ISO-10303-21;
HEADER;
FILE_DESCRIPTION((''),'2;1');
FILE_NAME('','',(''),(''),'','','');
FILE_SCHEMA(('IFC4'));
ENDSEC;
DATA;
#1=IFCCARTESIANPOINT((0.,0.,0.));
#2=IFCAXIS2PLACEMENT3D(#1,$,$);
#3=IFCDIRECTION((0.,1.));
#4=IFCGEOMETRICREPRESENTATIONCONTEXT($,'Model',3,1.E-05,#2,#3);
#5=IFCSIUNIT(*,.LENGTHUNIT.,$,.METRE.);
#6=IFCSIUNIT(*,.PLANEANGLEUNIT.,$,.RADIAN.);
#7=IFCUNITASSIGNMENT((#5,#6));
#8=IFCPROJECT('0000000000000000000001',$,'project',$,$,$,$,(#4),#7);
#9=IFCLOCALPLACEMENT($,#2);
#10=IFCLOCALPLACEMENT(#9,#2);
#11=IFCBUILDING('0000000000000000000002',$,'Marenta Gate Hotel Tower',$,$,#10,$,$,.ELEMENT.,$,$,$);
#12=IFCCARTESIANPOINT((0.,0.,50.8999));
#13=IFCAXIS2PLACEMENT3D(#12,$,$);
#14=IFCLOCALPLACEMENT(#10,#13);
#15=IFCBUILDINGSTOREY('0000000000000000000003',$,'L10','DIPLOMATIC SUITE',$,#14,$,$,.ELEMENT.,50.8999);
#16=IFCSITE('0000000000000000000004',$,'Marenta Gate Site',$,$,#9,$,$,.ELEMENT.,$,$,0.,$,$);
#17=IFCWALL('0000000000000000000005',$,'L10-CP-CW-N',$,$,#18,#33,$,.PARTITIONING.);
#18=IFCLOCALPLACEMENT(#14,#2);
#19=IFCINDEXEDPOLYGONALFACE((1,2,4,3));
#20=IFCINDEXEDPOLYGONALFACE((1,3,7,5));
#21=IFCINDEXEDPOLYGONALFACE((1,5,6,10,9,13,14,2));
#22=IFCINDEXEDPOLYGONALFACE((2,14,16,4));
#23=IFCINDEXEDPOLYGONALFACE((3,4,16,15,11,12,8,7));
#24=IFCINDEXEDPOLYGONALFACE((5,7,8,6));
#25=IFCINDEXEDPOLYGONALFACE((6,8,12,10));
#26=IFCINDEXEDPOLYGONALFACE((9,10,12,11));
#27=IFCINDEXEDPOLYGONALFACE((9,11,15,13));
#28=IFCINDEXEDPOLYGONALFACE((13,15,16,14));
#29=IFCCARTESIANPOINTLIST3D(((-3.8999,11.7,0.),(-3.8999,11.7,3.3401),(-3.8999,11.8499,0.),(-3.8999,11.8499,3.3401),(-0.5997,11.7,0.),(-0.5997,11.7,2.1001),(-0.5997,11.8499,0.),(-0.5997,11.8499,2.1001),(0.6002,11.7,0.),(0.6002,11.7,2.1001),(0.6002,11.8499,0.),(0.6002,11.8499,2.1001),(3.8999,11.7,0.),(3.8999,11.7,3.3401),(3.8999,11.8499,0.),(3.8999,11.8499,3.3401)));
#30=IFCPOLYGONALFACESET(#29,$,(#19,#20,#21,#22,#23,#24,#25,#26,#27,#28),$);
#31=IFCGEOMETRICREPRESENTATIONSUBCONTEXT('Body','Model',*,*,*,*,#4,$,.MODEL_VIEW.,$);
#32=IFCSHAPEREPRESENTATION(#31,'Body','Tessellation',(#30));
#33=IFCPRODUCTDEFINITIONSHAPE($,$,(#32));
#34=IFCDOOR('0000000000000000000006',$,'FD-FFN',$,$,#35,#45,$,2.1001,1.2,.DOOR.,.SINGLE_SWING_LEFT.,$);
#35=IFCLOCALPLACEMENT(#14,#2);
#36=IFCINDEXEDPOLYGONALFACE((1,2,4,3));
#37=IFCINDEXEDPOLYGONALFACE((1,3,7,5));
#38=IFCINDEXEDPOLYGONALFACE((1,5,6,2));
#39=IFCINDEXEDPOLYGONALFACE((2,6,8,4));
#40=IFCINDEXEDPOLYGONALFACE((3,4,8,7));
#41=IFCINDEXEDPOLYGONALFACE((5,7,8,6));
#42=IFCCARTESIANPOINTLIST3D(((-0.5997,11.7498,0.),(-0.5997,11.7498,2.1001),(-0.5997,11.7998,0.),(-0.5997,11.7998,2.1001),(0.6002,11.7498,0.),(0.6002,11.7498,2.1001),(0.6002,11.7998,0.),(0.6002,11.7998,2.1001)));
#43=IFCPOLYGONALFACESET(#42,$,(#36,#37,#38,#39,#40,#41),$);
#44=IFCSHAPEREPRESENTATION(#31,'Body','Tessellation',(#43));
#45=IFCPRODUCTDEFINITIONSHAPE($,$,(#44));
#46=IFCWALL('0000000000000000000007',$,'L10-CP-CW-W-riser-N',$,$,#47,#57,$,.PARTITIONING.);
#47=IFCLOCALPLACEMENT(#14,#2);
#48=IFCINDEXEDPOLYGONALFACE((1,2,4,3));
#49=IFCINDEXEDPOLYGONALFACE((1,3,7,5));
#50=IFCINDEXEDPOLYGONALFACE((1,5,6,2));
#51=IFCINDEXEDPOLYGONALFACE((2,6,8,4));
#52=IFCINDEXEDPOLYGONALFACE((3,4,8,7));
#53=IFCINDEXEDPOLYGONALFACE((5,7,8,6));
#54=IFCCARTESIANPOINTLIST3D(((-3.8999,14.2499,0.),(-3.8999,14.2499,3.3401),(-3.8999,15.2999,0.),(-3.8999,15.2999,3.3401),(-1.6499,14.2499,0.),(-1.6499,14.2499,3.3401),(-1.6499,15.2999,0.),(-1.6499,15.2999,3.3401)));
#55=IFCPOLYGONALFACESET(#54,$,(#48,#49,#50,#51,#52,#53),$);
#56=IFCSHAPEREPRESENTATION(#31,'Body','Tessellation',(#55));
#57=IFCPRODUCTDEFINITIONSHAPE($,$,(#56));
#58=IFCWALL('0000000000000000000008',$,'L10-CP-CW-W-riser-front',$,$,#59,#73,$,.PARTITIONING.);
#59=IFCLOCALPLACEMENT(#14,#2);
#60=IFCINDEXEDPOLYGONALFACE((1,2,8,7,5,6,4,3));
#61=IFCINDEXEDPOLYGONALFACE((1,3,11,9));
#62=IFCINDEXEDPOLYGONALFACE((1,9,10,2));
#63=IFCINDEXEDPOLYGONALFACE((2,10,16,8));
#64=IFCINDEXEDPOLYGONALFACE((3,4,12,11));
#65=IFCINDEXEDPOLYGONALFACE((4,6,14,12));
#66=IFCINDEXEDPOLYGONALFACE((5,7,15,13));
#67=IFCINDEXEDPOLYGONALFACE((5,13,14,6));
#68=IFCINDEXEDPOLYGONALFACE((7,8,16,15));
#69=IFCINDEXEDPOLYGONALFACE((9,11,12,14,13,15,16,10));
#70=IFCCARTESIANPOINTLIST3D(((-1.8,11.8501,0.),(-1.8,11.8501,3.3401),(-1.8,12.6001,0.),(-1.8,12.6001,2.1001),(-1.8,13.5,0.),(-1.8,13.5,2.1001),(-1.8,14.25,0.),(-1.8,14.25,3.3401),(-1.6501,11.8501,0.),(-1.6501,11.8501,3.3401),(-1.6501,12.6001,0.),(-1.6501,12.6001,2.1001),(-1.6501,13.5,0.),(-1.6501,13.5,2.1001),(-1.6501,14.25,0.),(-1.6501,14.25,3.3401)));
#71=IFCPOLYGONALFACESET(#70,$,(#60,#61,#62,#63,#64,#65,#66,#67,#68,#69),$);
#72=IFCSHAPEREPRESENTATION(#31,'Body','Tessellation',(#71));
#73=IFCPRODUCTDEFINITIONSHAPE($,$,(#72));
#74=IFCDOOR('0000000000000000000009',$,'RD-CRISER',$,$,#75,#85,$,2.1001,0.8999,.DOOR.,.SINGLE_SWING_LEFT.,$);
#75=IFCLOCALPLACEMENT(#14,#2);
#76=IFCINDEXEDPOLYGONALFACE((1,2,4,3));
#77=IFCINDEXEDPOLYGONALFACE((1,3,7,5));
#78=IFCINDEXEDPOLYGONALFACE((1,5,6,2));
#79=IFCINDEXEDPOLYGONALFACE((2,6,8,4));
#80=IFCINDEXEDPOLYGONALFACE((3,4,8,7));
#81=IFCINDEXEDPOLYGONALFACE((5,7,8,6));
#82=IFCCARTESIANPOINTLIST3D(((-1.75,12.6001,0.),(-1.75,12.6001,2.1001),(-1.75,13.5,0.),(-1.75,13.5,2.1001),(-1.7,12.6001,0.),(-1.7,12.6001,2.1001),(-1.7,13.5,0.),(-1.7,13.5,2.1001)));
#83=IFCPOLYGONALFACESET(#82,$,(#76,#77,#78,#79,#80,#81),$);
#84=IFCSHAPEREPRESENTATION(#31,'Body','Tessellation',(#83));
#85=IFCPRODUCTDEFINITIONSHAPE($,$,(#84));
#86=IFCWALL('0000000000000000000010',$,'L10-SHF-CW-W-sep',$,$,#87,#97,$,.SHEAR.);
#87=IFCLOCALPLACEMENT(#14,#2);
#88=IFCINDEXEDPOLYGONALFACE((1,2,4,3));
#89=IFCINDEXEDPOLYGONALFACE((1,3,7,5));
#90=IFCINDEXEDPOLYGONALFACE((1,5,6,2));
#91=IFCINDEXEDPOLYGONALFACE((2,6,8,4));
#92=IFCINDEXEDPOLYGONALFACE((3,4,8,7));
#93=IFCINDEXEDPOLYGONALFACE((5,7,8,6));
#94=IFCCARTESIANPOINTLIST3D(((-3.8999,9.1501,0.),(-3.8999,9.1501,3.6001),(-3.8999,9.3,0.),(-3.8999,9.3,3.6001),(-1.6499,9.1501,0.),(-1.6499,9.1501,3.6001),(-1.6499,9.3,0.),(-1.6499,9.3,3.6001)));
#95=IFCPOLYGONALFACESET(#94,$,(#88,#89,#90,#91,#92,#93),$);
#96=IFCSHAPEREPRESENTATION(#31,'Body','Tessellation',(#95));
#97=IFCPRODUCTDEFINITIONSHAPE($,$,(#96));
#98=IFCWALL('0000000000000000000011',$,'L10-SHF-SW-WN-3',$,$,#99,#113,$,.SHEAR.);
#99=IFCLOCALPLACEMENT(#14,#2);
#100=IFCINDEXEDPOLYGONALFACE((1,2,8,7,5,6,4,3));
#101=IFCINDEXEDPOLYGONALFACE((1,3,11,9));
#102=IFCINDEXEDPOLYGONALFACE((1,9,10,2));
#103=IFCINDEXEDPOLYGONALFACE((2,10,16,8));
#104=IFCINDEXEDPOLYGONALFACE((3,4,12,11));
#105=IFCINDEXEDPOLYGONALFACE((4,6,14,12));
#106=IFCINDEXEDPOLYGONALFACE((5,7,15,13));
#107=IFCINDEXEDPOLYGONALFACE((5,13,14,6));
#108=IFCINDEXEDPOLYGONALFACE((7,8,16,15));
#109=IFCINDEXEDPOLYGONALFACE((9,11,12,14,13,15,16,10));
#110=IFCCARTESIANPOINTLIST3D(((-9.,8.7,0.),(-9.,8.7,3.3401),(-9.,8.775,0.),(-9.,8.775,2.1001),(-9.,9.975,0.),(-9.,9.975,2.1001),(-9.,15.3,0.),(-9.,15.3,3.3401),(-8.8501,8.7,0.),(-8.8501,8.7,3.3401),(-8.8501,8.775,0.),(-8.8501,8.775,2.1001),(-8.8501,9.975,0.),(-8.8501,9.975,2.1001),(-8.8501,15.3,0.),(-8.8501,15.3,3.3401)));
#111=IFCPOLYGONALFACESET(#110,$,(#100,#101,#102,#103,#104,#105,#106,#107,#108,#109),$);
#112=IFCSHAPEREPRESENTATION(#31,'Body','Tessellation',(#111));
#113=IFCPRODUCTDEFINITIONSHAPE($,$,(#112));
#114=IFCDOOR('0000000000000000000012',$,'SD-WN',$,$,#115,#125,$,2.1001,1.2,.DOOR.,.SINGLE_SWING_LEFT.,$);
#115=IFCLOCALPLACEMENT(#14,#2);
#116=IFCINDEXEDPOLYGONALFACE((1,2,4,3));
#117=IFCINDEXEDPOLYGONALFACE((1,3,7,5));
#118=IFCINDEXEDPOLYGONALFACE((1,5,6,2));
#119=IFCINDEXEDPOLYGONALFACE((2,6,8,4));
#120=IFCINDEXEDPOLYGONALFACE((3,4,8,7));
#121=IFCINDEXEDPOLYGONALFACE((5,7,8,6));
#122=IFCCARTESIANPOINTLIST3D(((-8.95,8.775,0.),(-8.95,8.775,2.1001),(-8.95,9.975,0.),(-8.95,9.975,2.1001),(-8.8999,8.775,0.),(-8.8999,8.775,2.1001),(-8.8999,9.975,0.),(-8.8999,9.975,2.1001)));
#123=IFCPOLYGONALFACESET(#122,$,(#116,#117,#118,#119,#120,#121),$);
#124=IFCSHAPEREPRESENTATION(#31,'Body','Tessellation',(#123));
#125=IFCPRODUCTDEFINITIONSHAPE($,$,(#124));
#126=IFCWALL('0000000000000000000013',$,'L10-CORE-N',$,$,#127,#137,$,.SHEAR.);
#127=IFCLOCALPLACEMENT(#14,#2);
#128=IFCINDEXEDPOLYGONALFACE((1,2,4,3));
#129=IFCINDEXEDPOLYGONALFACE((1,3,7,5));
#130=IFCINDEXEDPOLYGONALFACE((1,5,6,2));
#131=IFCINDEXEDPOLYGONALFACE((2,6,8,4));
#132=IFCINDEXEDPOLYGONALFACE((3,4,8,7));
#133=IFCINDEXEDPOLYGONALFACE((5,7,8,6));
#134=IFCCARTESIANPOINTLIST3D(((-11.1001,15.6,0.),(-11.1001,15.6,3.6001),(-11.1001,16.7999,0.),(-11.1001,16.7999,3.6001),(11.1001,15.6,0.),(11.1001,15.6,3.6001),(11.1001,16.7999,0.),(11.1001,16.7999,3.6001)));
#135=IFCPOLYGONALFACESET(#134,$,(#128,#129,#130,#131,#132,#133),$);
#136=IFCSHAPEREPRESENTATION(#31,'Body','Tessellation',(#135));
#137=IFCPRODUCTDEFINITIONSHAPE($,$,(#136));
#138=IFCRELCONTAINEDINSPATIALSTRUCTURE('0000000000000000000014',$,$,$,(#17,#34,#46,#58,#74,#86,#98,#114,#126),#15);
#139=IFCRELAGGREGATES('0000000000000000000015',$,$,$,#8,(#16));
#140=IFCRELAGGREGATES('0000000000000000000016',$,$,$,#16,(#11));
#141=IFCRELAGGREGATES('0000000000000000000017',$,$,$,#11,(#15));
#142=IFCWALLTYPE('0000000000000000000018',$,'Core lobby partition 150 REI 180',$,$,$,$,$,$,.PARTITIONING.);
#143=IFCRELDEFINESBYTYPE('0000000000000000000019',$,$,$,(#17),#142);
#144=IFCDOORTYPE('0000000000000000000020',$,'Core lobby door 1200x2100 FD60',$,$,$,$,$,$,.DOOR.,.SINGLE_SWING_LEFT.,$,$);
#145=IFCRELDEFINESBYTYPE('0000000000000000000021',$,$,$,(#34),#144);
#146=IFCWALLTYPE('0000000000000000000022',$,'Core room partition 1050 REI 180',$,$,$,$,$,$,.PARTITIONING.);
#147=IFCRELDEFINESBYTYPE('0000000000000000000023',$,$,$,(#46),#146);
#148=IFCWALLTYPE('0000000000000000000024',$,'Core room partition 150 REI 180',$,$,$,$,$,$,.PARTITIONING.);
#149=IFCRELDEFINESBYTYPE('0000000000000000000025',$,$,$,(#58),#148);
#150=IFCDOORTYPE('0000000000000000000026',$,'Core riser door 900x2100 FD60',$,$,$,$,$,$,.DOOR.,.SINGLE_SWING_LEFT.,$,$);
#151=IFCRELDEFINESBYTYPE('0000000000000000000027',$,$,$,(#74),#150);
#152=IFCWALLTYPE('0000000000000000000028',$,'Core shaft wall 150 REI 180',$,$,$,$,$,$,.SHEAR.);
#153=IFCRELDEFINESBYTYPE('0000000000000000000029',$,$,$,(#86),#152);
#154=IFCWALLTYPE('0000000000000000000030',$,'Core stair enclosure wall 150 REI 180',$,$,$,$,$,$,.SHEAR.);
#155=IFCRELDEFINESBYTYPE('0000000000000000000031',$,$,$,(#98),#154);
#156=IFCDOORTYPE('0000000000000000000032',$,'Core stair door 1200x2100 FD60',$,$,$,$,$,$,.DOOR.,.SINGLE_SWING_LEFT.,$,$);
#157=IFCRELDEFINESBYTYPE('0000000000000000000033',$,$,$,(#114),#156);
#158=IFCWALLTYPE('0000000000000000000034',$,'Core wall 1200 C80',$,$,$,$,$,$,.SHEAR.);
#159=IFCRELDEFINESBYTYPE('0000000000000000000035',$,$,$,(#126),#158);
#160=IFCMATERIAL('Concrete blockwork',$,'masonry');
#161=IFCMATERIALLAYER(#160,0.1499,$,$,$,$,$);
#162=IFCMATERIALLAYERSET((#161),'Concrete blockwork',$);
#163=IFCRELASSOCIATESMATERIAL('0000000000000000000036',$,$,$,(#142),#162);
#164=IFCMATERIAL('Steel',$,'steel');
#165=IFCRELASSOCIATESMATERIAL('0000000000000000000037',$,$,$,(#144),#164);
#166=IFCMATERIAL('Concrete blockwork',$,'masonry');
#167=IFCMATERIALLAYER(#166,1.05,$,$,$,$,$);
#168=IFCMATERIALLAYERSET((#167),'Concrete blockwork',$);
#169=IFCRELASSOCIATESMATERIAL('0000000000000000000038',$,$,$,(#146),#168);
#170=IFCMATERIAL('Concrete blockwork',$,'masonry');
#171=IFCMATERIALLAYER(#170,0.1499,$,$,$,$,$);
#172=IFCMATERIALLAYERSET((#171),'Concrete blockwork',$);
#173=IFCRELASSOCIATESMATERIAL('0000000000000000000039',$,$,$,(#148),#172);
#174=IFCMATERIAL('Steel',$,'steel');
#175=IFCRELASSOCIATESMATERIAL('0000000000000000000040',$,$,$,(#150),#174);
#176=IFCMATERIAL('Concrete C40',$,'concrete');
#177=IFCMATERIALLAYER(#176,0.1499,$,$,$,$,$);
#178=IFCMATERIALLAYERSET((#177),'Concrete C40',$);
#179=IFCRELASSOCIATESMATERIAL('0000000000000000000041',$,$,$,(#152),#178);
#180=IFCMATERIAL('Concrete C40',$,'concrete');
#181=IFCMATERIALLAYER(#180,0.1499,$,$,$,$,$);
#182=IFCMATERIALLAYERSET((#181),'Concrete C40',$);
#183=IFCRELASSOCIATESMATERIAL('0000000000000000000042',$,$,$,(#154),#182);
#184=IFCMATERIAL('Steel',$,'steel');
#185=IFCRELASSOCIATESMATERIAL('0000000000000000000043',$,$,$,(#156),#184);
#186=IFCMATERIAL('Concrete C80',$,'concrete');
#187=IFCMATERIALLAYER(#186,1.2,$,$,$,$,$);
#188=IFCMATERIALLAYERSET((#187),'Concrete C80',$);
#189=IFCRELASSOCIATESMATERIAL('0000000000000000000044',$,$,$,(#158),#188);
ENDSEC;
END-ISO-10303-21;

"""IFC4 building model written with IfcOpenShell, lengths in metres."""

from ifc_helpers import new_model, si_unit, direction, frame, frame_2d, origin, place, context, subcontext, project, spatial, rectangle, extrude, material, layer, layer_set, type_object, element, fill, save


model = new_model("IFC4")

# Units and contexts
model_context = context("Model", 3, precision=1e-05, world=origin(), true_north=direction((0.0, 1.0)))
body_context = subcontext(model_context, "Body", "Model", "MODEL_VIEW")
ifc_project = project(units=[si_unit("LENGTHUNIT", "METRE"), si_unit("PLANEANGLEUNIT", "RADIAN")], contexts=[model_context])

# Site, building, storey
site_placement = place(None, origin())
site = spatial("IfcSite", under=ifc_project, at=site_placement, Name="Marenta Gate Site", CompositionType="ELEMENT", RefElevation=0.0)
building_placement = place(site_placement, origin())
building = spatial("IfcBuilding", under=site, at=building_placement, Name="Marenta Gate Hotel Tower", CompositionType="ELEMENT")
storey_placement = place(building_placement, frame((0.0, 0.0, 50.8999)))
storey = spatial("IfcBuildingStorey", under=building, at=storey_placement, Name="L10", Description="DIPLOMATIC SUITE", CompositionType="ELEMENT", Elevation=50.8999)

# Wall, opening, door
ifc_material_1 = material(Name="Concrete blockwork", Category="masonry")
ifc_layer_1 = layer(ifc_material_1, 0.1499)
ifc_layer_set_1 = layer_set([ifc_layer_1], Name="Concrete blockwork")
wall_type_1 = type_object("IfcWallType", Name="Core lobby partition 150 REI 180", PredefinedType="PARTITIONING", material=ifc_layer_set_1)
wall_1_placement = place(storey_placement, frame((-3.8999, 11.7749, 0.0), z_axis=(0.0, 0.0, 1.0), x_axis=(1.0, 0.0, 0.0)))
wall_1 = element("IfcWall", 1, at=wall_1_placement, inside=storey, type_object=wall_type_1, Name="L10-CP-CW-N", PredefinedType="PARTITIONING", context=body_context, shape_type="SweptSolid", body=[
    extrude(rectangle(XDim=7.7998, YDim=0.1499, at=frame_2d((3.8999, 0.0))), origin(), (0.0, 0.0, 1.0), 3.3401),
])
opening_1_placement = place(wall_1_placement, frame((3.3, 0.0, 0.0)))
opening_1 = element("IfcOpeningElement", 2, at=opening_1_placement, cuts=wall_1, PredefinedType="OPENING", context=body_context, shape_type="SweptSolid", body=[
    extrude(rectangle(XDim=1.2, YDim=2.1001, at=frame_2d((0.6001, 1.05))), frame((0.0, 0.075, 0.0), z_axis=(0.0, -1.0, 0.0), x_axis=(1.0, 0.0, 0.0)), (0.0, 0.0, 1.0), 0.1499),
])
ifc_material_2 = material(Name="Steel", Category="steel")
door_type_1 = type_object("IfcDoorType", Name="Core lobby door 1200x2100 FD60", OperationType="SINGLE_SWING_LEFT", PredefinedType="DOOR", material=ifc_material_2)
door_1_placement = place(opening_1_placement, origin())
door_1 = element("IfcDoor", 3, at=door_1_placement, inside=storey, type_object=door_type_1, Name="FD-FFN", OperationType="SINGLE_SWING_LEFT", OverallHeight=2.1001, OverallWidth=1.2, PredefinedType="DOOR", context=body_context, shape_type="SweptSolid", body=[
    extrude(rectangle(XDim=1.2, YDim=2.1001, at=frame_2d((0.6001, 1.05))), frame((0.0, 0.0249, 0.0), z_axis=(0.0, -1.0, 0.0), x_axis=(1.0, 0.0, 0.0)), (0.0, 0.0, 1.0), 0.05),
])
fill(opening_1, door_1)

# Wall
ifc_material_3 = material(Name="Concrete blockwork", Category="masonry")
ifc_layer_2 = layer(ifc_material_3, 1.05)
ifc_layer_set_2 = layer_set([ifc_layer_2], Name="Concrete blockwork")
wall_type_2 = type_object("IfcWallType", Name="Core room partition 1050 REI 180", PredefinedType="PARTITIONING", material=ifc_layer_set_2)
wall_2_placement = place(storey_placement, frame((-3.8999, 14.7749, 0.0), z_axis=(0.0, 0.0, 1.0), x_axis=(1.0, 0.0, 0.0)))
element("IfcWall", 4, at=wall_2_placement, inside=storey, type_object=wall_type_2, Name="L10-CP-CW-W-riser-N", PredefinedType="PARTITIONING", context=body_context, shape_type="SweptSolid", body=[
    extrude(rectangle(XDim=2.25, YDim=1.05, at=frame_2d((1.125, 0.0))), origin(), (0.0, 0.0, 1.0), 3.3401),
])

# Wall, opening, door
ifc_material_4 = material(Name="Concrete blockwork", Category="masonry")
ifc_layer_3 = layer(ifc_material_4, 0.1499)
ifc_layer_set_3 = layer_set([ifc_layer_3], Name="Concrete blockwork")
wall_type_3 = type_object("IfcWallType", Name="Core room partition 150 REI 180", PredefinedType="PARTITIONING", material=ifc_layer_set_3)
wall_3_placement = place(storey_placement, frame((-1.7251, 11.8501, 0.0), z_axis=(0.0, 0.0, 1.0), x_axis=(0.0, 1.0, 0.0)))
wall_3 = element("IfcWall", 5, at=wall_3_placement, inside=storey, type_object=wall_type_3, Name="L10-CP-CW-W-riser-front", PredefinedType="PARTITIONING", context=body_context, shape_type="SweptSolid", body=[
    extrude(rectangle(XDim=2.3999, YDim=0.1499, at=frame_2d((1.2, 0.0))), origin(), (0.0, 0.0, 1.0), 3.3401),
])
opening_2_placement = place(wall_3_placement, frame((0.75, 0.0, 0.0)))
opening_2 = element("IfcOpeningElement", 6, at=opening_2_placement, cuts=wall_3, PredefinedType="OPENING", context=body_context, shape_type="SweptSolid", body=[
    extrude(rectangle(XDim=0.8999, YDim=2.1001, at=frame_2d((0.45, 1.05))), frame((0.0, 0.075, 0.0), z_axis=(0.0, -1.0, 0.0), x_axis=(1.0, 0.0, 0.0)), (0.0, 0.0, 1.0), 0.1499),
])
ifc_material_5 = material(Name="Steel", Category="steel")
door_type_2 = type_object("IfcDoorType", Name="Core riser door 900x2100 FD60", OperationType="SINGLE_SWING_LEFT", PredefinedType="DOOR", material=ifc_material_5)
door_2_placement = place(opening_2_placement, origin())
door_2 = element("IfcDoor", 7, at=door_2_placement, inside=storey, type_object=door_type_2, Name="RD-CRISER", OperationType="SINGLE_SWING_LEFT", OverallHeight=2.1001, OverallWidth=0.8999, PredefinedType="DOOR", context=body_context, shape_type="SweptSolid", body=[
    extrude(rectangle(XDim=0.8999, YDim=2.1001, at=frame_2d((0.45, 1.05))), frame((0.0, 0.0249, 0.0), z_axis=(0.0, -1.0, 0.0), x_axis=(1.0, 0.0, 0.0)), (0.0, 0.0, 1.0), 0.05),
])
fill(opening_2, door_2)

# Wall
ifc_material_6 = material(Name="Concrete C40", Category="concrete")
ifc_layer_4 = layer(ifc_material_6, 0.1499)
ifc_layer_set_4 = layer_set([ifc_layer_4], Name="Concrete C40")
wall_type_4 = type_object("IfcWallType", Name="Core shaft wall 150 REI 180", PredefinedType="SHEAR", material=ifc_layer_set_4)
wall_4_placement = place(storey_placement, frame((-3.8999, 9.2251, 0.0), z_axis=(0.0, 0.0, 1.0), x_axis=(1.0, 0.0, 0.0)))
element("IfcWall", 8, at=wall_4_placement, inside=storey, type_object=wall_type_4, Name="L10-SHF-CW-W-sep", PredefinedType="SHEAR", context=body_context, shape_type="SweptSolid", body=[
    extrude(rectangle(XDim=2.25, YDim=0.1499, at=frame_2d((1.125, 0.0))), origin(), (0.0, 0.0, 1.0), 3.6001),
])

# Wall, opening, door
ifc_material_7 = material(Name="Concrete C40", Category="concrete")
ifc_layer_5 = layer(ifc_material_7, 0.1499)
ifc_layer_set_5 = layer_set([ifc_layer_5], Name="Concrete C40")
wall_type_5 = type_object("IfcWallType", Name="Core stair enclosure wall 150 REI 180", PredefinedType="SHEAR", material=ifc_layer_set_5)
wall_5_placement = place(storey_placement, frame((-8.925, 8.7, 0.0), z_axis=(0.0, 0.0, 1.0), x_axis=(0.0, 1.0, 0.0)))
wall_5 = element("IfcWall", 9, at=wall_5_placement, inside=storey, type_object=wall_type_5, Name="L10-SHF-SW-WN-3", PredefinedType="SHEAR", context=body_context, shape_type="SweptSolid", body=[
    extrude(rectangle(XDim=6.6001, YDim=0.1499, at=frame_2d((3.3, 0.0))), origin(), (0.0, 0.0, 1.0), 3.3401),
])
opening_3_placement = place(wall_5_placement, frame((0.075, 0.0, 0.0)))
opening_3 = element("IfcOpeningElement", 10, at=opening_3_placement, cuts=wall_5, PredefinedType="OPENING", context=body_context, shape_type="SweptSolid", body=[
    extrude(rectangle(XDim=1.2, YDim=2.1001, at=frame_2d((0.6001, 1.05))), frame((0.0, 0.075, 0.0), z_axis=(0.0, -1.0, 0.0), x_axis=(1.0, 0.0, 0.0)), (0.0, 0.0, 1.0), 0.1499),
])
ifc_material_8 = material(Name="Steel", Category="steel")
door_type_3 = type_object("IfcDoorType", Name="Core stair door 1200x2100 FD60", OperationType="SINGLE_SWING_LEFT", PredefinedType="DOOR", material=ifc_material_8)
door_3_placement = place(opening_3_placement, origin())
door_3 = element("IfcDoor", 11, at=door_3_placement, inside=storey, type_object=door_type_3, Name="SD-WN", OperationType="SINGLE_SWING_LEFT", OverallHeight=2.1001, OverallWidth=1.2, PredefinedType="DOOR", context=body_context, shape_type="SweptSolid", body=[
    extrude(rectangle(XDim=1.2, YDim=2.1001, at=frame_2d((0.6001, 1.05))), frame((0.0, 0.0249, 0.0), z_axis=(0.0, -1.0, 0.0), x_axis=(1.0, 0.0, 0.0)), (0.0, 0.0, 1.0), 0.05),
])
fill(opening_3, door_3)

# Wall
ifc_material_9 = material(Name="Concrete C80", Category="concrete")
ifc_layer_6 = layer(ifc_material_9, 1.2)
ifc_layer_set_6 = layer_set([ifc_layer_6], Name="Concrete C80")
wall_type_6 = type_object("IfcWallType", Name="Core wall 1200 C80", PredefinedType="SHEAR", material=ifc_layer_set_6)
wall_6_placement = place(storey_placement, frame((-11.1001, 16.2, 0.0), z_axis=(0.0, 0.0, 1.0), x_axis=(1.0, 0.0, 0.0)))
element("IfcWall", 12, at=wall_6_placement, inside=storey, type_object=wall_type_6, Name="L10-CORE-N", PredefinedType="SHEAR", context=body_context, shape_type="SweptSolid", body=[
    extrude(rectangle(XDim=22.2002, YDim=1.2, at=frame_2d((11.1001, 0.0))), origin(), (0.0, 0.0, 1.0), 3.6001),
])

save(model, "model.ifc")
